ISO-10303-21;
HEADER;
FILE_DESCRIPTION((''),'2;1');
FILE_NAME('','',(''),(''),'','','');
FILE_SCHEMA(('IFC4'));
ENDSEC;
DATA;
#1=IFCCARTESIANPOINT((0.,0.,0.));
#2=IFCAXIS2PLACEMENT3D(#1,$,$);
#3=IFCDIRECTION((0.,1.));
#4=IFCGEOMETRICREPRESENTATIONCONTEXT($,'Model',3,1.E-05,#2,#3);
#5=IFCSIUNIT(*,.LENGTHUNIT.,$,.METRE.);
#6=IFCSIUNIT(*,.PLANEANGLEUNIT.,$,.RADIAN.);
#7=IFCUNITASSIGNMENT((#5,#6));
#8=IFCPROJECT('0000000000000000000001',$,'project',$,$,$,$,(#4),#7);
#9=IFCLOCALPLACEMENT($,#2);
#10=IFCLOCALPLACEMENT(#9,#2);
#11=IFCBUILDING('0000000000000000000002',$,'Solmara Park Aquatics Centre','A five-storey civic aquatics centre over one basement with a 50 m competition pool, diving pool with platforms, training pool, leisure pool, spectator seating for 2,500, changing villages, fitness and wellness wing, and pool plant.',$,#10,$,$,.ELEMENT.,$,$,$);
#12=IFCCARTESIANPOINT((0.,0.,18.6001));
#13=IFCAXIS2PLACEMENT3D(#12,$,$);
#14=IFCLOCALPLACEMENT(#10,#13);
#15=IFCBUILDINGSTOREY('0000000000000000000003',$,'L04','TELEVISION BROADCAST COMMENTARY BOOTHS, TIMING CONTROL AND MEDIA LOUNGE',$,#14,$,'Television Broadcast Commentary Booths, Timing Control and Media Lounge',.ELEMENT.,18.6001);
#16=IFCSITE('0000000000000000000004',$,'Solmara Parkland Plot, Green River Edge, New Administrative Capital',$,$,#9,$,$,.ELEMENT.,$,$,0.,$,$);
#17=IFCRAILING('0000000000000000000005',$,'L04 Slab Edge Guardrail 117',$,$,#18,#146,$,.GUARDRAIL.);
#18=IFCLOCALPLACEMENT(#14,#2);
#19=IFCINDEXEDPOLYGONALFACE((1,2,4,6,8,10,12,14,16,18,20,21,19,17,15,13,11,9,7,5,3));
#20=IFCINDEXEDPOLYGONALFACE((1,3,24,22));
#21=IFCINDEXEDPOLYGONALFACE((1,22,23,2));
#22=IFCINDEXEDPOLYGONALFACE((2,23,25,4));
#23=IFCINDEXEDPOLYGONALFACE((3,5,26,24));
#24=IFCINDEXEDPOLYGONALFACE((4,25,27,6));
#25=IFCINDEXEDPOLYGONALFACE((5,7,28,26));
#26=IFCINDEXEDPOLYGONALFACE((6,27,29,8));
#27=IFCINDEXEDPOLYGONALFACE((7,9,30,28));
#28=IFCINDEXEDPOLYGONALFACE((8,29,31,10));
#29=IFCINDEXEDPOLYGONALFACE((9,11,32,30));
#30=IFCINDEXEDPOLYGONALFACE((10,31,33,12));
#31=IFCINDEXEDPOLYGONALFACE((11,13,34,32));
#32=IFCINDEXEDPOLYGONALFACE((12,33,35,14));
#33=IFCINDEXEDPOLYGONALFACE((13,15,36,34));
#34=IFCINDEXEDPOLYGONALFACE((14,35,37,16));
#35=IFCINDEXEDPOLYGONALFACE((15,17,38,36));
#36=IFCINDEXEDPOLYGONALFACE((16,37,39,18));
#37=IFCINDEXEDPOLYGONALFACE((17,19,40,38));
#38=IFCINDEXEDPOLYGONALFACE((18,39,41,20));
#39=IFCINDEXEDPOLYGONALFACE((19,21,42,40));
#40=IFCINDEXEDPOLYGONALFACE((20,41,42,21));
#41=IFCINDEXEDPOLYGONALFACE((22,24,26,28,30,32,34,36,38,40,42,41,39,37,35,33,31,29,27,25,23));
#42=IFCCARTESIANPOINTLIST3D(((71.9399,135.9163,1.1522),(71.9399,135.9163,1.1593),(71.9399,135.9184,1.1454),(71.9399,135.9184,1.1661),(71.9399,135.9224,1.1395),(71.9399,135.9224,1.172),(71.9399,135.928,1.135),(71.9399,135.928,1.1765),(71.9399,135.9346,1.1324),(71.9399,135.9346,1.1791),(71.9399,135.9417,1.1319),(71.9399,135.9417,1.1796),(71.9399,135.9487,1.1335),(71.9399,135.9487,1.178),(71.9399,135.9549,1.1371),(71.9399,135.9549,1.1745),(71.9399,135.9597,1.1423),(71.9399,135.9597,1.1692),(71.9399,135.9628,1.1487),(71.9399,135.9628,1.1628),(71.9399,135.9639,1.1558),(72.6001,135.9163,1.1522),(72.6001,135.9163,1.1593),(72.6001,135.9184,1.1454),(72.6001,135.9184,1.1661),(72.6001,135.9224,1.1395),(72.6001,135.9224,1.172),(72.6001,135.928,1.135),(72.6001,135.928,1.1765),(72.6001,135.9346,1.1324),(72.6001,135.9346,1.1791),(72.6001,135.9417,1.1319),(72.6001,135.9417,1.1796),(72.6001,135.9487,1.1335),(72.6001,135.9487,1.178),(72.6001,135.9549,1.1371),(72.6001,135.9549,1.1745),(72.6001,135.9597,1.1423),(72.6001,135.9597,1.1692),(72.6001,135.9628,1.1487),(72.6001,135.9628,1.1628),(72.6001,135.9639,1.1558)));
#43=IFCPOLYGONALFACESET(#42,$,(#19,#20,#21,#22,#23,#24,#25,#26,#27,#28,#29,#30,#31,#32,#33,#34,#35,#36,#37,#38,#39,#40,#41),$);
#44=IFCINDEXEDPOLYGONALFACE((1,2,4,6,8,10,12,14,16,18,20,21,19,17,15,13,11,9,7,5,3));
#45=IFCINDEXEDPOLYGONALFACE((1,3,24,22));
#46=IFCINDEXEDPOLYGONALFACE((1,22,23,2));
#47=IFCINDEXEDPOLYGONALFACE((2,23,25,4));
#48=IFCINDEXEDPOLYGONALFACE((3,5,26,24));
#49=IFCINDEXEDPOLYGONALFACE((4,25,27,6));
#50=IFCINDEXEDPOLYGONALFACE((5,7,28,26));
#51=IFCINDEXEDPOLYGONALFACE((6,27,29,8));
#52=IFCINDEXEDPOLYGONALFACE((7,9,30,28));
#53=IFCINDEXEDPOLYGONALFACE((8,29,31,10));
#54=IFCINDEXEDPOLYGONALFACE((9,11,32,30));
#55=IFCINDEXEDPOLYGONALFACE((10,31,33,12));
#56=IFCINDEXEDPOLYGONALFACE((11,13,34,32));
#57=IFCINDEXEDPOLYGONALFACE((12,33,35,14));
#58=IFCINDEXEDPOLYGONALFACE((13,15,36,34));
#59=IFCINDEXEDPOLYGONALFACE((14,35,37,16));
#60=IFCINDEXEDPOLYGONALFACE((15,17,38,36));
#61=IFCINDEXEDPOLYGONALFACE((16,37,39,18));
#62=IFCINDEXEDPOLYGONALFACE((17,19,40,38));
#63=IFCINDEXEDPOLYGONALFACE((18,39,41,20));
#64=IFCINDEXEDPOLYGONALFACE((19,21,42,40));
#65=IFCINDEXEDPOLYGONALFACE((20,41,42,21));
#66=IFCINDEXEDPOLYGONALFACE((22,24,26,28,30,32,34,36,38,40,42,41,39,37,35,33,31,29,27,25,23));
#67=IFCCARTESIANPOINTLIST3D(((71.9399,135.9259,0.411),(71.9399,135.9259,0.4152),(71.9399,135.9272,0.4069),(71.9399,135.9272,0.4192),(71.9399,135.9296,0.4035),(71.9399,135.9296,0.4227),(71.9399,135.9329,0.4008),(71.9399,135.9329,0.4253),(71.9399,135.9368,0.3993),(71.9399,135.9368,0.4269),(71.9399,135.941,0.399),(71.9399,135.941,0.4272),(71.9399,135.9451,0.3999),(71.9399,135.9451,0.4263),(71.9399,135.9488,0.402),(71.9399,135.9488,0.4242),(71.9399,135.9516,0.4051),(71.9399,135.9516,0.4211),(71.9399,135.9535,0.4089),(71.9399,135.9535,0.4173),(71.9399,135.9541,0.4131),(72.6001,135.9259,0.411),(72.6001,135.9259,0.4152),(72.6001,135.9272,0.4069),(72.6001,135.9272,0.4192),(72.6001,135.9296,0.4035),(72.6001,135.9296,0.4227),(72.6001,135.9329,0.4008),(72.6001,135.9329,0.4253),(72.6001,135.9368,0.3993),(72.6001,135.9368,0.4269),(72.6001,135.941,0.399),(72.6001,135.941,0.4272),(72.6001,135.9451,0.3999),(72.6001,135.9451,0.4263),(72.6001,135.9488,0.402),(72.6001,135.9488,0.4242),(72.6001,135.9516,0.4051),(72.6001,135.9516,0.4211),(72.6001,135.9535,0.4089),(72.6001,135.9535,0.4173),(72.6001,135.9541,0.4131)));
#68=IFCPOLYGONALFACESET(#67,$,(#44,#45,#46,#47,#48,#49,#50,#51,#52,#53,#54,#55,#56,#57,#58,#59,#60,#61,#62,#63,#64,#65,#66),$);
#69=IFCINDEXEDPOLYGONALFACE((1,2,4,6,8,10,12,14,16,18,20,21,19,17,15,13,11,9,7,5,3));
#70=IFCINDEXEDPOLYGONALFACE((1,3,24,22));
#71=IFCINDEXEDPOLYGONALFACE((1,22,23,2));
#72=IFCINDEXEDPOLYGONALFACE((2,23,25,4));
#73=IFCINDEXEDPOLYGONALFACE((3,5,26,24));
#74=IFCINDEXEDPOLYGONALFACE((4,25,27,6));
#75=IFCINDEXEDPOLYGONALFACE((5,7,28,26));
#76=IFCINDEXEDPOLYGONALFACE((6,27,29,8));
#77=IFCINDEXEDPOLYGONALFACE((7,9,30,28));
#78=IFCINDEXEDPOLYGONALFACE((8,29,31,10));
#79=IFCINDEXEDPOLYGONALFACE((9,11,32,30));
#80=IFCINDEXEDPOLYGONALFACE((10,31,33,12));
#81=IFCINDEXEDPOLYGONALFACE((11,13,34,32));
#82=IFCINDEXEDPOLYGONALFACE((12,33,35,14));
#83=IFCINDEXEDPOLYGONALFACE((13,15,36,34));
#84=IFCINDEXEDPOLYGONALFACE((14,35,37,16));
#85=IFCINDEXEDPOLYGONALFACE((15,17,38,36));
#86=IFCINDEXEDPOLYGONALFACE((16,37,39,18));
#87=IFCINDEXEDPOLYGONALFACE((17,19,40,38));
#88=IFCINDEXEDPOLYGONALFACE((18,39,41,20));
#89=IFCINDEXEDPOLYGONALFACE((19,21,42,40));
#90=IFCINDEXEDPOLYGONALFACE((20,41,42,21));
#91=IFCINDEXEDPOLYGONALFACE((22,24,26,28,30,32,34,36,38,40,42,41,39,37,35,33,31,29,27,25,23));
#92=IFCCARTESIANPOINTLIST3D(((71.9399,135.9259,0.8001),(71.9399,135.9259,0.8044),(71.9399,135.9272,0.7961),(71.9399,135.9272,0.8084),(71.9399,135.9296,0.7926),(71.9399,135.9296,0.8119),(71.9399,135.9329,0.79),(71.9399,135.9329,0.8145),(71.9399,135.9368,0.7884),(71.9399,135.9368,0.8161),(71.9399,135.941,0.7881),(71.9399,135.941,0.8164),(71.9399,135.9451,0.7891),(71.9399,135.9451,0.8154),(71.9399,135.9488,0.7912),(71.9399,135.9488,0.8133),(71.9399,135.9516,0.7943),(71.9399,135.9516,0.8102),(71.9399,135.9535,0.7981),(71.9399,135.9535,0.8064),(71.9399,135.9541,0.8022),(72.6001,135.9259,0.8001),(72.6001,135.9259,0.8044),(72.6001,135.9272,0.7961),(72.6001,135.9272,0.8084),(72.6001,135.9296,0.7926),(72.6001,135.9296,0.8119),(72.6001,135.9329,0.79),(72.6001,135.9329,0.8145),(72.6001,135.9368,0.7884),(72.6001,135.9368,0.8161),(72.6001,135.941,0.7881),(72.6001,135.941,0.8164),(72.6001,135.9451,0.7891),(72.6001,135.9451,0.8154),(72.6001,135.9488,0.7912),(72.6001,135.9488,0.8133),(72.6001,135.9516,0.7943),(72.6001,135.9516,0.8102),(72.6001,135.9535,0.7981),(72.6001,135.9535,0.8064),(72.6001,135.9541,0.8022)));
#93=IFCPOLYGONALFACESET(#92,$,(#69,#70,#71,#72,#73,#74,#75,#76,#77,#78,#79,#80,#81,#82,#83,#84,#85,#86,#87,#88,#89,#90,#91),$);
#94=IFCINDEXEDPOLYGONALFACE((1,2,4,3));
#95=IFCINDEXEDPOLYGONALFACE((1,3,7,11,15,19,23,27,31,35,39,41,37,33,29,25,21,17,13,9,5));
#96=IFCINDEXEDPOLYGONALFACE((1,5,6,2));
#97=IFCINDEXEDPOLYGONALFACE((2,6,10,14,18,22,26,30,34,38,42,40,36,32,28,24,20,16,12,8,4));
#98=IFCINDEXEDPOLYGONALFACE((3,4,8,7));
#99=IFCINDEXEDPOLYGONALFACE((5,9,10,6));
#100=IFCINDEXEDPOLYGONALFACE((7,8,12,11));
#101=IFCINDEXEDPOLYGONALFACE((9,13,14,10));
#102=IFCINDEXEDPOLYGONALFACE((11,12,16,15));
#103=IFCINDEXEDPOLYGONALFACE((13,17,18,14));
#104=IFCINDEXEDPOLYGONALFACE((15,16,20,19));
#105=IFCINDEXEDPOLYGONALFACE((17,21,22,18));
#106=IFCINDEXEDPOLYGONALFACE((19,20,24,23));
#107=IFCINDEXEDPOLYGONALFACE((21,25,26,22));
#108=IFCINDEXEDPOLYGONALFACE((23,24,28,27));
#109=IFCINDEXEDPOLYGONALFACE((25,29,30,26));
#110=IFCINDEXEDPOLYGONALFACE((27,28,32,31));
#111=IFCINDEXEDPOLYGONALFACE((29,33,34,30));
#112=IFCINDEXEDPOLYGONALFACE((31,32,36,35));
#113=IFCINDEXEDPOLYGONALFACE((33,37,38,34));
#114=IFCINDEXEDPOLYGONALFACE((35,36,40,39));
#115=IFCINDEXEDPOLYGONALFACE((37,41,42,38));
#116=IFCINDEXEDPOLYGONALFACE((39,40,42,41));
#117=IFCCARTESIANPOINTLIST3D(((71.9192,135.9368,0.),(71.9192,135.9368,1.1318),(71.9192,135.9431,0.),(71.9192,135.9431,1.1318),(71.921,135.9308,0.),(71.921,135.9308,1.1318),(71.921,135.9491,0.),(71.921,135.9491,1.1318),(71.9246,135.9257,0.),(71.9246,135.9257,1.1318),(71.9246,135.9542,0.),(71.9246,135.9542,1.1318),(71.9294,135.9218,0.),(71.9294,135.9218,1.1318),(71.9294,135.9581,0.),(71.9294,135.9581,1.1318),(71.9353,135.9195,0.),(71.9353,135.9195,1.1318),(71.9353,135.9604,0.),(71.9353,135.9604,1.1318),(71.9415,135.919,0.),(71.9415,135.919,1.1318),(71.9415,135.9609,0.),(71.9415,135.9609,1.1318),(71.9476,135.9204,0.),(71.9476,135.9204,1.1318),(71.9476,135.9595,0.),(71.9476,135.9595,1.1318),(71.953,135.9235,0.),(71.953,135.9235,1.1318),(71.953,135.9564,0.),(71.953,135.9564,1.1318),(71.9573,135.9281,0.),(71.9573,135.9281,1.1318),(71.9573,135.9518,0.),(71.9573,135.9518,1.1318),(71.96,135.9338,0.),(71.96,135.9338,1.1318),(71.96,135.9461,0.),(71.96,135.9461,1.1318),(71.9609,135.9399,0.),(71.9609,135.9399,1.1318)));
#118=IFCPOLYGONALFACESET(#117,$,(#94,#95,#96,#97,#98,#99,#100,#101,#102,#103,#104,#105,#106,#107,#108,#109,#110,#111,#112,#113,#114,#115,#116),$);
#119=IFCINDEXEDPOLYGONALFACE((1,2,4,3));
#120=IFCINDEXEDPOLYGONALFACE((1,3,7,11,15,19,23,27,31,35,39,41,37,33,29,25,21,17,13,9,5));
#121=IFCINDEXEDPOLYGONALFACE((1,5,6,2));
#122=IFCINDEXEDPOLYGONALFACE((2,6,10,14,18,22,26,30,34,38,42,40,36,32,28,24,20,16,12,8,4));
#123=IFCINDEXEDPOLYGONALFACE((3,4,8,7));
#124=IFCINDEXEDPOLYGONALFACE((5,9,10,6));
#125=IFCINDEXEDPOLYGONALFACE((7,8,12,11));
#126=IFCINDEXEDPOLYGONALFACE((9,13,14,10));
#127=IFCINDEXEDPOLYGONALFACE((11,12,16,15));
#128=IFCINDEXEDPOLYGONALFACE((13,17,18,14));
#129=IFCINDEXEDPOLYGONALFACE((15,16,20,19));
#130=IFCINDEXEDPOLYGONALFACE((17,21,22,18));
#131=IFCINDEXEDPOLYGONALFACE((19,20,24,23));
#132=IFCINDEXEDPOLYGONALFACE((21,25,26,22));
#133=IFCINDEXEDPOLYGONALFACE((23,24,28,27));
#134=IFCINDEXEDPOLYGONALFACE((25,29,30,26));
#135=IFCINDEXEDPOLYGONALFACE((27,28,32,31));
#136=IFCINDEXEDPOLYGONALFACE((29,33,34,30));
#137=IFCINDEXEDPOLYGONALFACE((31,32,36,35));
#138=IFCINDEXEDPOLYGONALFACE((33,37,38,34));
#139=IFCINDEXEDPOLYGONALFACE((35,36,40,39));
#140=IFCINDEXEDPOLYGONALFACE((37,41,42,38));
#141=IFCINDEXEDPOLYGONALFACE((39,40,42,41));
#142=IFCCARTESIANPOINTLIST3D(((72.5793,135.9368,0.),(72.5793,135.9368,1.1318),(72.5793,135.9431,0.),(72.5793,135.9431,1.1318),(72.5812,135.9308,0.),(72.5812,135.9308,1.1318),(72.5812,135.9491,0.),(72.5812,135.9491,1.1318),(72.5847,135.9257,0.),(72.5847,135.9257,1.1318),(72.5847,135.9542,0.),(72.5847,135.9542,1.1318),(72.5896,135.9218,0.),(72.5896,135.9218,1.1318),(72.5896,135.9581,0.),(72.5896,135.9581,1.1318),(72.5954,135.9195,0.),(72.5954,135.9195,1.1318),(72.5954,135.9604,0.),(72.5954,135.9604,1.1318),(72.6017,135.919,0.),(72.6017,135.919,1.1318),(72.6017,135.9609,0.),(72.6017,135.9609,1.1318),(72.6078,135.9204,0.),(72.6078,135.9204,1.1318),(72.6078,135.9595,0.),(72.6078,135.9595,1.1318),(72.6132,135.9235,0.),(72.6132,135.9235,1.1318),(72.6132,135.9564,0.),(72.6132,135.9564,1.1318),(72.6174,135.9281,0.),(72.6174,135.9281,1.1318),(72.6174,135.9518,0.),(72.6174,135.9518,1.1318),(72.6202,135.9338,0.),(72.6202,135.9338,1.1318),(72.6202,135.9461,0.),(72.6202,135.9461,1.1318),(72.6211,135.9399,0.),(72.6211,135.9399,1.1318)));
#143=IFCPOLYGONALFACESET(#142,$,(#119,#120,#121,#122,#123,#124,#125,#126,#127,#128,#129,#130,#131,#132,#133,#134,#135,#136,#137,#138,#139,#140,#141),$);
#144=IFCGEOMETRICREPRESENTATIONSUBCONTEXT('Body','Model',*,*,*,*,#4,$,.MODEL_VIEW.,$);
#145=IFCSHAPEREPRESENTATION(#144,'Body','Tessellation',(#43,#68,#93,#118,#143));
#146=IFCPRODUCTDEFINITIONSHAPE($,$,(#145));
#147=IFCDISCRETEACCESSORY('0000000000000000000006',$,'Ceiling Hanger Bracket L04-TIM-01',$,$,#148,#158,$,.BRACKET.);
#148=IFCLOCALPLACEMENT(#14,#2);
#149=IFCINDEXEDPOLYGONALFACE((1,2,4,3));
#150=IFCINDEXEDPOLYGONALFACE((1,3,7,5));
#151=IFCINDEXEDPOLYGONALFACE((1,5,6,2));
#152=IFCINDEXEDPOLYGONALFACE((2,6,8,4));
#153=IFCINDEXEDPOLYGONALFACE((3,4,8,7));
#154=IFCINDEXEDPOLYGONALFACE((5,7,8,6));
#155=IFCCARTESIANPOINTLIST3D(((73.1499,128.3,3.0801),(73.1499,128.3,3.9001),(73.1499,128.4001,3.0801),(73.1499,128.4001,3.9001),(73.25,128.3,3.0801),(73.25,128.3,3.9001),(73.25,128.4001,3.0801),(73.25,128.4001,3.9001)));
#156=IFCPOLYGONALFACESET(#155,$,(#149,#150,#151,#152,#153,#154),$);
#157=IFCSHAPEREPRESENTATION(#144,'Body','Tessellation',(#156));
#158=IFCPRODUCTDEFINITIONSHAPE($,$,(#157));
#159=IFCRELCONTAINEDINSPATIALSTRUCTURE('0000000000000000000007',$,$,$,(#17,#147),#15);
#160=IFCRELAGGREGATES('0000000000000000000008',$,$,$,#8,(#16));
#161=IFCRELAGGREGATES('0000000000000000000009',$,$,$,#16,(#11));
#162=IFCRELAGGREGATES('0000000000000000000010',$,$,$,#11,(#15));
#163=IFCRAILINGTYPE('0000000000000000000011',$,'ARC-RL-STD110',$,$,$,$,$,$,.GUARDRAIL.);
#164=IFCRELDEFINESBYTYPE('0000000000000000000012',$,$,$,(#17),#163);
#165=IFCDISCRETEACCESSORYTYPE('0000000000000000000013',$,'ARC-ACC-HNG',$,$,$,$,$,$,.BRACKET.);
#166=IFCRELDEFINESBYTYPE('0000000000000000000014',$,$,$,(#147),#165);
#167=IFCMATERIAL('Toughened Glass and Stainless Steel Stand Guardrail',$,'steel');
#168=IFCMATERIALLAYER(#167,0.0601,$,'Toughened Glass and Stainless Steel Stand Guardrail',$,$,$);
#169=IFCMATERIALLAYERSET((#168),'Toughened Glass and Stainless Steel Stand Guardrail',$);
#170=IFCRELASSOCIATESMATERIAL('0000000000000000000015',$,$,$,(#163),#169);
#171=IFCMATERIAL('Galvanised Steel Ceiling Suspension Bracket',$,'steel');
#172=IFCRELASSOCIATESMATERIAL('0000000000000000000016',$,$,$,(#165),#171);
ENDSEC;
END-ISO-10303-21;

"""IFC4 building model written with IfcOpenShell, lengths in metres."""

from ifc_helpers import new_model, si_unit, direction, frame, origin, origin_2d, place, context, subcontext, project, spatial, rectangle, circle, extrude, material, layer, layer_set, type_object, element, save


model = new_model("IFC4")

# Units and contexts
model_context = context("Model", 3, precision=1e-05, world=origin(), true_north=direction((0.0, 1.0)))
body_context = subcontext(model_context, "Body", "Model", "MODEL_VIEW")
ifc_project = project(units=[si_unit("LENGTHUNIT", "METRE"), si_unit("PLANEANGLEUNIT", "RADIAN")], contexts=[model_context])

# Site, building, storey
site_placement = place(None, origin())
site = spatial("IfcSite", under=ifc_project, at=site_placement, Name="Solmara Parkland Plot, Green River Edge, New Administrative Capital", CompositionType="ELEMENT", RefElevation=0.0)
building_placement = place(site_placement, origin())
building = spatial("IfcBuilding", under=site, at=building_placement, Name="Solmara Park Aquatics Centre", Description="A five-storey civic aquatics centre over one basement with a 50 m competition pool, diving pool with platforms, training pool, leisure pool, spectator seating for 2,500, changing villages, fitness and wellness wing, and pool plant.", CompositionType="ELEMENT")
storey_placement = place(building_placement, frame((0.0, 0.0, 18.6001)))
storey = spatial("IfcBuildingStorey", under=building, at=storey_placement, Name="L04", Description="TELEVISION BROADCAST COMMENTARY BOOTHS, TIMING CONTROL AND MEDIA LOUNGE", LongName="Television Broadcast Commentary Booths, Timing Control and Media Lounge", CompositionType="ELEMENT", Elevation=18.6001)

# Railing
ifc_material_1 = material(Name="Toughened Glass and Stainless Steel Stand Guardrail", Category="steel")
ifc_layer_1 = layer(ifc_material_1, 0.0601, Name="Toughened Glass and Stainless Steel Stand Guardrail")
ifc_layer_set_1 = layer_set([ifc_layer_1], Name="Toughened Glass and Stainless Steel Stand Guardrail")
railing_type = type_object("IfcRailingType", Name="ARC-RL-STD110", PredefinedType="GUARDRAIL", material=ifc_layer_set_1)
railing_placement = place(storey_placement, frame((71.9399, 135.9399, 0.0)))
element("IfcRailing", 1, at=railing_placement, inside=storey, type_object=railing_type, Name="L04 Slab Edge Guardrail 117", PredefinedType="GUARDRAIL", context=body_context, shape_type="SweptSolid", body=[
    extrude(circle(Radius=0.0239, at=origin_2d()), frame((0.0, 0.0, 1.1558), z_axis=(1.0, 0.0, 0.0), x_axis=(0.0, 1.0, 0.0)), (0.0, 0.0, 1.0), 0.6602),
    extrude(circle(Radius=0.0142, at=origin_2d()), frame((0.0, 0.0, 0.4131), z_axis=(1.0, 0.0, 0.0), x_axis=(0.0, 1.0, 0.0)), (0.0, 0.0, 1.0), 0.6602),
    extrude(circle(Radius=0.0142, at=origin_2d()), frame((0.0, 0.0, 0.8022), z_axis=(1.0, 0.0, 0.0), x_axis=(0.0, 1.0, 0.0)), (0.0, 0.0, 1.0), 0.6602),
    extrude(circle(Radius=0.021, at=origin_2d()), origin(), (0.0, 0.0, 1.0), 1.1318),
    extrude(circle(Radius=0.021, at=origin_2d()), frame((0.6602, 0.0, 0.0)), (0.0, 0.0, 1.0), 1.1318),
])

# Discrete accessory
ifc_material_2 = material(Name="Galvanised Steel Ceiling Suspension Bracket", Category="steel")
discrete_accessory_type = type_object("IfcDiscreteAccessoryType", Name="ARC-ACC-HNG", PredefinedType="BRACKET", material=ifc_material_2)
discrete_accessory_placement = place(storey_placement, frame((73.2, 128.3501, 3.0801), z_axis=(0.0, 0.0, 1.0), x_axis=(1.0, 0.0, 0.0)))
element("IfcDiscreteAccessory", 2, at=discrete_accessory_placement, inside=storey, type_object=discrete_accessory_type, Name="Ceiling Hanger Bracket L04-TIM-01", PredefinedType="BRACKET", context=body_context, shape_type="SweptSolid", body=[
    extrude(rectangle(XDim=0.1001, YDim=0.1001, at=origin_2d()), origin(), (0.0, 0.0, 1.0), 0.8201),
])

save(model, "model.ifc")
